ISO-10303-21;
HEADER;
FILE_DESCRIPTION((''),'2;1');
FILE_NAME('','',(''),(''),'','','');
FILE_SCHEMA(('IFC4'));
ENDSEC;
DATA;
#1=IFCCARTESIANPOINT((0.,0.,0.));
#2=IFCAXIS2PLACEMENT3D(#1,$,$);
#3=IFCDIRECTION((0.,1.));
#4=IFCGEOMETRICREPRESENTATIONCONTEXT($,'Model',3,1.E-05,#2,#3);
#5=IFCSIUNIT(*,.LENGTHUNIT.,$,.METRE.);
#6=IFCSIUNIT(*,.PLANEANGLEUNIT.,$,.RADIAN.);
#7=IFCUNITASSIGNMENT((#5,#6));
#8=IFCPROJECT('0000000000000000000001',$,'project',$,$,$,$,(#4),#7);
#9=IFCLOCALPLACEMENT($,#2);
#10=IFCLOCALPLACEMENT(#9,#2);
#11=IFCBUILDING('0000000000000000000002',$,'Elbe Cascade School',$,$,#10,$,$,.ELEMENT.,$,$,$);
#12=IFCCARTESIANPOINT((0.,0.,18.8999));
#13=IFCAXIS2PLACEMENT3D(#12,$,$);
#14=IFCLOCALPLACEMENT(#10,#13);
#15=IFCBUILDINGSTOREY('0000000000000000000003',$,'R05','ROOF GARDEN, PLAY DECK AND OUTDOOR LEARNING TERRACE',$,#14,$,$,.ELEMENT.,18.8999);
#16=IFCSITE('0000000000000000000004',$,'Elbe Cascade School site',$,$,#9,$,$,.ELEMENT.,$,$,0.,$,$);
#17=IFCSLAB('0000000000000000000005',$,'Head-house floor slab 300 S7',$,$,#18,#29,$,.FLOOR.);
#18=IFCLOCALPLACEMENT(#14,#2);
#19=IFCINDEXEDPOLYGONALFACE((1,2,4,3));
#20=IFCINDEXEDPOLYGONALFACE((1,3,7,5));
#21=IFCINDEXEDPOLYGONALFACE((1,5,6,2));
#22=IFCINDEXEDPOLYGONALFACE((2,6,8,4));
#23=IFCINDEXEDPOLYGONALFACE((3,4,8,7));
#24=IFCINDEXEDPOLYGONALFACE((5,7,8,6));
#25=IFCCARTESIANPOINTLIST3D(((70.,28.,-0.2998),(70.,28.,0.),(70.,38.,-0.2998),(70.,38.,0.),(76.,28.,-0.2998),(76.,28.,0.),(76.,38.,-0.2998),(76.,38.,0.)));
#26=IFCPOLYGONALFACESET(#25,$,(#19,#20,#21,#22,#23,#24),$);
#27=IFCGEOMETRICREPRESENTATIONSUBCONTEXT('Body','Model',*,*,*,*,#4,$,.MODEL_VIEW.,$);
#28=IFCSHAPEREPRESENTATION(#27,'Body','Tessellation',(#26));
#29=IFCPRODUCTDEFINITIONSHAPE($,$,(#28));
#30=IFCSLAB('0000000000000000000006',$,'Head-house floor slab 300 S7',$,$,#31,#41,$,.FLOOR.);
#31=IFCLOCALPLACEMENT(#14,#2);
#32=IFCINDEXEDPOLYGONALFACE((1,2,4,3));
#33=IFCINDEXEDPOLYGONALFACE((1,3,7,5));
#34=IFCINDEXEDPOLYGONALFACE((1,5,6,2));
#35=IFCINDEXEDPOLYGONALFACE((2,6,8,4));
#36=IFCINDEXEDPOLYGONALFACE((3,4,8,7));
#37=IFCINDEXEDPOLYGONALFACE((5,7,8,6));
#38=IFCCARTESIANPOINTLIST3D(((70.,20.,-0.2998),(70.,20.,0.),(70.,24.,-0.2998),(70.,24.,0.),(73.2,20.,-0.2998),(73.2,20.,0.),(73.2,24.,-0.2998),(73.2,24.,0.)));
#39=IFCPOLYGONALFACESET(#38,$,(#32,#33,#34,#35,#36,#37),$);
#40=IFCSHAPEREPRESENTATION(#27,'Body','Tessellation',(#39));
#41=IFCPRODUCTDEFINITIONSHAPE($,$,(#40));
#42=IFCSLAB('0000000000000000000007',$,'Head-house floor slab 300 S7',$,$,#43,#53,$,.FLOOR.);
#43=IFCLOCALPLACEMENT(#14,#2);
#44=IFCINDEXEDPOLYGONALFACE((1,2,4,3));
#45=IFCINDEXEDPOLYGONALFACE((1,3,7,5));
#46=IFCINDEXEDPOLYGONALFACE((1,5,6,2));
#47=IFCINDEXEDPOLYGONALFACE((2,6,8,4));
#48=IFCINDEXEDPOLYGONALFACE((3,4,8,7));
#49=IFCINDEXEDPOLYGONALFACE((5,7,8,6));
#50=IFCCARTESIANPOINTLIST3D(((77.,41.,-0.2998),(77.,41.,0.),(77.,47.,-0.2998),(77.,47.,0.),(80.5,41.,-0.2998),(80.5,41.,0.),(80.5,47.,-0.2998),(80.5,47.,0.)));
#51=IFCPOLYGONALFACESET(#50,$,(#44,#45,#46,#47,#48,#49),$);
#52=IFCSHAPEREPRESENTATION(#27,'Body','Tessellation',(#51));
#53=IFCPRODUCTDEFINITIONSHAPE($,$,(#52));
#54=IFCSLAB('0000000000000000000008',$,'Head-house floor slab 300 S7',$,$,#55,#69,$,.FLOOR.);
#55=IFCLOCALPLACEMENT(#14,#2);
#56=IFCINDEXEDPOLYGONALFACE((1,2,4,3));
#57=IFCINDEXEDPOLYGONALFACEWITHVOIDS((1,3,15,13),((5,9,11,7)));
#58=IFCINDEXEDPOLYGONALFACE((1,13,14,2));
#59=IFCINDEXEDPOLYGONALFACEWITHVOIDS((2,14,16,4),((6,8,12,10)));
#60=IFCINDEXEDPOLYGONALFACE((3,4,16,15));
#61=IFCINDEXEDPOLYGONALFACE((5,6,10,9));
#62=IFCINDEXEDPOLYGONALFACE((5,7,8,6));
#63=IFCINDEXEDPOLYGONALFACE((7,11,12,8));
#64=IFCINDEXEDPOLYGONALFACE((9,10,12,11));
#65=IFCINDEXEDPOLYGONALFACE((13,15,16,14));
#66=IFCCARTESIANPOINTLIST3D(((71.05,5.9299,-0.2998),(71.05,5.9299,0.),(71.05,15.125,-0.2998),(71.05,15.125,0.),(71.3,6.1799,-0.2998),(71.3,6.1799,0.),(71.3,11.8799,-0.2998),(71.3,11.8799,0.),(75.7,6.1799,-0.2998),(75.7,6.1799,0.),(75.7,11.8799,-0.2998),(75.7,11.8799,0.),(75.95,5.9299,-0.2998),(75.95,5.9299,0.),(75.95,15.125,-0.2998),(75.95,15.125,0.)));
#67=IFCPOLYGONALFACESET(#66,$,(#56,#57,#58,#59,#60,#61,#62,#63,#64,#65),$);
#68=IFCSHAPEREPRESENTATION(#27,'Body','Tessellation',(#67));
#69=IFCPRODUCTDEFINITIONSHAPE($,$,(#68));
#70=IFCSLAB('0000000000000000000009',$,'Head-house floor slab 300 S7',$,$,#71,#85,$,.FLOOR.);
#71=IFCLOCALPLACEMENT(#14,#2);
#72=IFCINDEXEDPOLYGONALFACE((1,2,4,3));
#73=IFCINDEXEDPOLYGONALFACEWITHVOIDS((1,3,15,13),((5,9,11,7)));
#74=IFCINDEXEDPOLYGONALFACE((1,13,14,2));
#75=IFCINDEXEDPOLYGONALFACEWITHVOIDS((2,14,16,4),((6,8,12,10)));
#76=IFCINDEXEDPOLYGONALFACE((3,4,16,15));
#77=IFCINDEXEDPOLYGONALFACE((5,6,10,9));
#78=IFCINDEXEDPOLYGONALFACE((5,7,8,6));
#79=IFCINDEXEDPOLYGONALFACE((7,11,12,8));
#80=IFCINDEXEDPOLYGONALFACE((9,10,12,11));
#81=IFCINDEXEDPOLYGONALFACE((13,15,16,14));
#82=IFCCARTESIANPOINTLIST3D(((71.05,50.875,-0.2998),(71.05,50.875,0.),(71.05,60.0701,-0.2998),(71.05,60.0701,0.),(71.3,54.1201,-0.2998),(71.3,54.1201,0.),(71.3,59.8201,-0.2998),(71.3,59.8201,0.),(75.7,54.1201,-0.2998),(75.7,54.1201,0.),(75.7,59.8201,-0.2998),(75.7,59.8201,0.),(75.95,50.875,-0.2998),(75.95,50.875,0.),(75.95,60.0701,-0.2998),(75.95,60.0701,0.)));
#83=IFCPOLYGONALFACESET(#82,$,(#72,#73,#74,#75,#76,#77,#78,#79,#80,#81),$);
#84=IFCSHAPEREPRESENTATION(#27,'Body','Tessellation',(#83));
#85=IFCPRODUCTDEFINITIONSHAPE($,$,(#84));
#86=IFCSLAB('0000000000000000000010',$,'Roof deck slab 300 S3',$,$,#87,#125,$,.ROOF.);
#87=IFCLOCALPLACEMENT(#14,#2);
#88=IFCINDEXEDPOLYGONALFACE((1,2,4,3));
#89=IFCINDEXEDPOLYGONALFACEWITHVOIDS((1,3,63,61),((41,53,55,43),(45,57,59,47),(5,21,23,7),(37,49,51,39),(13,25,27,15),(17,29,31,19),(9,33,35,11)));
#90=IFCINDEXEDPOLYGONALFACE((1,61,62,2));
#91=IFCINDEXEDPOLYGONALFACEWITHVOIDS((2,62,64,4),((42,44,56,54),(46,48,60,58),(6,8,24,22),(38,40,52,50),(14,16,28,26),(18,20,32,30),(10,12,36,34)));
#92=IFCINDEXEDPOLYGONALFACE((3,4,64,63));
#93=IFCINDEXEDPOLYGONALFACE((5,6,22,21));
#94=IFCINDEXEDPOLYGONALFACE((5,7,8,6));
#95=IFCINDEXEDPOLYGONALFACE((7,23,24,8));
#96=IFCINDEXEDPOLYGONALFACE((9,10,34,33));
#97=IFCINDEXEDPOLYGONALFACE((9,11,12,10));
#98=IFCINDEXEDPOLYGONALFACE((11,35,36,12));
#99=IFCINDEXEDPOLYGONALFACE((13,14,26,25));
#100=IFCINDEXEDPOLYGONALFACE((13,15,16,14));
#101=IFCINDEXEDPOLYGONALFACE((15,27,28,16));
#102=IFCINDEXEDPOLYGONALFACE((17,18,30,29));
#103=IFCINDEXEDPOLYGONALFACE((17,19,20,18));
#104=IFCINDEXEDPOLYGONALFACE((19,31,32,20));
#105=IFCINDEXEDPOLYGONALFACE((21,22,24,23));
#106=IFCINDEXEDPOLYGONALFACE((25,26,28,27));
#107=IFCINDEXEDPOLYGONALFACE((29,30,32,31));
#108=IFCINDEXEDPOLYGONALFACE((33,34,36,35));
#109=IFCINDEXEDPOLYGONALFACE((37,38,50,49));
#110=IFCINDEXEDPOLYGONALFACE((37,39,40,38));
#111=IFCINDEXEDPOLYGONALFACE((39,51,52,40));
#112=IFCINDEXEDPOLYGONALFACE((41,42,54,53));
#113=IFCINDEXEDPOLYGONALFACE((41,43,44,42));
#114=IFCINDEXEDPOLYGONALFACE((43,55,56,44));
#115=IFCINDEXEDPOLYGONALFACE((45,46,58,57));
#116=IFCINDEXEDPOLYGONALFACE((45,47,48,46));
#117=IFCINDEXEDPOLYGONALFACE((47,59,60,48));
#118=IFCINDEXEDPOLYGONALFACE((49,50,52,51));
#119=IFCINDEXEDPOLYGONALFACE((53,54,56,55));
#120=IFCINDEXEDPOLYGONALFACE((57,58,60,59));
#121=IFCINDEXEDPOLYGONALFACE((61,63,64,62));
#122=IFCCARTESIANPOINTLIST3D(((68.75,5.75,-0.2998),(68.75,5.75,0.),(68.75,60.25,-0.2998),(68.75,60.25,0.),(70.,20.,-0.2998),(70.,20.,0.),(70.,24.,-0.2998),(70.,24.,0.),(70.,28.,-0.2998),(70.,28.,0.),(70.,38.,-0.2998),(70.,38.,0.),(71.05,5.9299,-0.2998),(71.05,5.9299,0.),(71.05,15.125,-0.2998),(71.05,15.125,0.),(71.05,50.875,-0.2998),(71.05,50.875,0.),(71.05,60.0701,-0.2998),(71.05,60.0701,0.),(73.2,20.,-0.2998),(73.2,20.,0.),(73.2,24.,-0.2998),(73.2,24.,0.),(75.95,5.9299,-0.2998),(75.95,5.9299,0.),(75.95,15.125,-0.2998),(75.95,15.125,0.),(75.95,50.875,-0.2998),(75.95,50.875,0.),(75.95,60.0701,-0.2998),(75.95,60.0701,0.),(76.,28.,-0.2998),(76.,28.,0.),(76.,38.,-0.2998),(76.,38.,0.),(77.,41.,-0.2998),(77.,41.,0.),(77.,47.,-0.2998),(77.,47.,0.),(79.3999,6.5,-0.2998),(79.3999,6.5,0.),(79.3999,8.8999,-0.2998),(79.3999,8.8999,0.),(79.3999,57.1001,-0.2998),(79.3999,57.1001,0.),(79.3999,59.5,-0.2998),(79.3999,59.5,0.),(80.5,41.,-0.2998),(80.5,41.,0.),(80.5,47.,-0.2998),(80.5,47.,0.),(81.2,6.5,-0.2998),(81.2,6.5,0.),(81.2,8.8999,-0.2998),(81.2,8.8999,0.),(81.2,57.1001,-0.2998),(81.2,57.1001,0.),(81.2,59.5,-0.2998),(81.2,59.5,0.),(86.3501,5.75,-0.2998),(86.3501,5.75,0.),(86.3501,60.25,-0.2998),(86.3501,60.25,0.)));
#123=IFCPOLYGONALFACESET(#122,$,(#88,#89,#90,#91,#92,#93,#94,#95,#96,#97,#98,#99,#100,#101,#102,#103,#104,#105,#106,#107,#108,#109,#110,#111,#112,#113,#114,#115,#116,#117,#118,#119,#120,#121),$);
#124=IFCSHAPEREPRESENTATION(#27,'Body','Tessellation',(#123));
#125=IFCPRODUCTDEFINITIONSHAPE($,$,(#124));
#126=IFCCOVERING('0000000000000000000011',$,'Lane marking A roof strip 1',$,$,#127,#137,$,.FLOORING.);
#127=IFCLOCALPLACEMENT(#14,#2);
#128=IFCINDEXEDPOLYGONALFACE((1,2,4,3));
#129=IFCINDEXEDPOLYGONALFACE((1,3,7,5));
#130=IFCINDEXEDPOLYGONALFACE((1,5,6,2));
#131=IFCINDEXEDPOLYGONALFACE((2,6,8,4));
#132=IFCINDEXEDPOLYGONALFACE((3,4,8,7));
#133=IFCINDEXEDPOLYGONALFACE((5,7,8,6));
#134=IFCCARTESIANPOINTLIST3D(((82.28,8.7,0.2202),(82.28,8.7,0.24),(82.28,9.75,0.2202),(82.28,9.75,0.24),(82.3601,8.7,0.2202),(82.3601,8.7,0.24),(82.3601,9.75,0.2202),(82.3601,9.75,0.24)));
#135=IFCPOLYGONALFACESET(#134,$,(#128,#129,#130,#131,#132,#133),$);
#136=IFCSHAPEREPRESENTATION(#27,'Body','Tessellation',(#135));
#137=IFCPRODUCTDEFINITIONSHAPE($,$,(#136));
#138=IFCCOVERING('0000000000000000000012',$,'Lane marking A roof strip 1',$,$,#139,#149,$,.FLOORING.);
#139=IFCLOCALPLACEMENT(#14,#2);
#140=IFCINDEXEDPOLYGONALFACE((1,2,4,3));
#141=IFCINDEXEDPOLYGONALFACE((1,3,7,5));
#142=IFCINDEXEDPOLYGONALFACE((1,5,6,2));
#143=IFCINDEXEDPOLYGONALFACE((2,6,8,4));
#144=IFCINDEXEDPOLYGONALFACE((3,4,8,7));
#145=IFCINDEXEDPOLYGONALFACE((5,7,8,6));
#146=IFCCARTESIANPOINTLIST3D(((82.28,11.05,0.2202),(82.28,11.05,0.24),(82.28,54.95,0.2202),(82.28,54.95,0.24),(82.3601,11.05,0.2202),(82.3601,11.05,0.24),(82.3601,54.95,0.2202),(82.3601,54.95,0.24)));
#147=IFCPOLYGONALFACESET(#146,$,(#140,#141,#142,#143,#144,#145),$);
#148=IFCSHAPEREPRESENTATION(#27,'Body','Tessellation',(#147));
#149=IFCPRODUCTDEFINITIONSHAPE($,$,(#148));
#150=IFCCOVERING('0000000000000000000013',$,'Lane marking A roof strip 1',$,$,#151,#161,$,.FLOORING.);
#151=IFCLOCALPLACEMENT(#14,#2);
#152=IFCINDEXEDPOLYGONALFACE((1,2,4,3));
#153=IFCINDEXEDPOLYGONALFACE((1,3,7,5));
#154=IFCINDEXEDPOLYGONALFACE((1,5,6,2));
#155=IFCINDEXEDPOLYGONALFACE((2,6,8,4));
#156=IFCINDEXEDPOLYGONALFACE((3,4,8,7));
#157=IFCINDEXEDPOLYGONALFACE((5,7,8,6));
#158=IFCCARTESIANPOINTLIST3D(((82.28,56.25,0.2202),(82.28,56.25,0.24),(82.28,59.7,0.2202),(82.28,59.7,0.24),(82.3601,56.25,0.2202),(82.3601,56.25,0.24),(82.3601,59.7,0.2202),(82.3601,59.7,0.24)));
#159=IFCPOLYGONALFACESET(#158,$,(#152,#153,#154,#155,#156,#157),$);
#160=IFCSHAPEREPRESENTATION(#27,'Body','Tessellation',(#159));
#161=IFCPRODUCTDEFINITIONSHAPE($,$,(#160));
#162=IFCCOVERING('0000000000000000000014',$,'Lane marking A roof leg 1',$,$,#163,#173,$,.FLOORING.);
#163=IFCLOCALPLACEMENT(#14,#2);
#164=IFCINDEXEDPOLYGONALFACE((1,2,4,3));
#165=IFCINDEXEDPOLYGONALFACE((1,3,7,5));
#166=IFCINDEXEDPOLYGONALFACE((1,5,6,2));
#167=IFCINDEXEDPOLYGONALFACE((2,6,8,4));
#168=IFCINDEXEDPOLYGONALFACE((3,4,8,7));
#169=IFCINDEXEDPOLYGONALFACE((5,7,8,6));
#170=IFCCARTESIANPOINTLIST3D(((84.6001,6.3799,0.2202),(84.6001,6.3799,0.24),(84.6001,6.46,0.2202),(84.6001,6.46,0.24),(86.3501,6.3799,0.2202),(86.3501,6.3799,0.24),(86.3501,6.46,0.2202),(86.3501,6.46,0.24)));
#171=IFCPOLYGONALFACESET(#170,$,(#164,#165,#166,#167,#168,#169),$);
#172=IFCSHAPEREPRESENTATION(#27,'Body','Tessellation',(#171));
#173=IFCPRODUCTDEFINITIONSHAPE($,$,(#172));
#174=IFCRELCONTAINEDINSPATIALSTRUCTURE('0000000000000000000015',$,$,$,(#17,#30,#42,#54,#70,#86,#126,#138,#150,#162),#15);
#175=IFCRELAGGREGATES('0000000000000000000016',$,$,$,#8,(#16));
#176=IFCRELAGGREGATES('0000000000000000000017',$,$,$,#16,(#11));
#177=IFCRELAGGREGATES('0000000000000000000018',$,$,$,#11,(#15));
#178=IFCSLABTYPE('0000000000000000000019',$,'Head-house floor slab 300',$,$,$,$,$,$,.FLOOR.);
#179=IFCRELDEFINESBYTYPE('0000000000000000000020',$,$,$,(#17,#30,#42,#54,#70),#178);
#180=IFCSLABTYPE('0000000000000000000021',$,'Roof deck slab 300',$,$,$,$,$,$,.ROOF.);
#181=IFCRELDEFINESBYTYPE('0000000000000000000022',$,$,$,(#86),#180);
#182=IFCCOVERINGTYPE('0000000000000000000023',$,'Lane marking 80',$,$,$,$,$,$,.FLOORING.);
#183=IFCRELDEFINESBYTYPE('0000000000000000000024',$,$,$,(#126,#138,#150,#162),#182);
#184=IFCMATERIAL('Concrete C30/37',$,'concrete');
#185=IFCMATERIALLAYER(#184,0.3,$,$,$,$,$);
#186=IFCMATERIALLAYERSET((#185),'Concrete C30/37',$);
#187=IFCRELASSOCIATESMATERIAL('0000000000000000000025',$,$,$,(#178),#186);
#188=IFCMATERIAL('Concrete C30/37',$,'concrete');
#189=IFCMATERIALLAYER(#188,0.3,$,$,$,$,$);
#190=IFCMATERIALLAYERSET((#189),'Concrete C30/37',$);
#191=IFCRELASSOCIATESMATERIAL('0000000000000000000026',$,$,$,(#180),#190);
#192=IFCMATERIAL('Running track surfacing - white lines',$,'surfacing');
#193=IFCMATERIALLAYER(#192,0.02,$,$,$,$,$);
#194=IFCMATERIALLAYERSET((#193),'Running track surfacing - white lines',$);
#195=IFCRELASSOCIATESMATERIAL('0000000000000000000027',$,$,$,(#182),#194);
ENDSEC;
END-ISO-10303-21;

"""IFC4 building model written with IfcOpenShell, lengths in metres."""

from ifc_helpers import new_model, si_unit, direction, frame, origin, place, context, subcontext, project, spatial, polyline, outline, extrude, material, layer, layer_set, type_object, element, save


model = new_model("IFC4")

# Units and contexts
model_context = context("Model", 3, precision=1e-05, world=origin(), true_north=direction((0.0, 1.0)))
body_context = subcontext(model_context, "Body", "Model", "MODEL_VIEW")
ifc_project = project(units=[si_unit("LENGTHUNIT", "METRE"), si_unit("PLANEANGLEUNIT", "RADIAN")], contexts=[model_context])

# Site, building, storey
site_placement = place(None, origin())
site = spatial("IfcSite", under=ifc_project, at=site_placement, Name="Elbe Cascade School site", CompositionType="ELEMENT", RefElevation=0.0)
building_placement = place(site_placement, origin())
building = spatial("IfcBuilding", under=site, at=building_placement, Name="Elbe Cascade School", CompositionType="ELEMENT")
storey_placement = place(building_placement, frame((0.0, 0.0, 18.8999)))
storey = spatial("IfcBuildingStorey", under=building, at=storey_placement, Name="R05", Description="ROOF GARDEN, PLAY DECK AND OUTDOOR LEARNING TERRACE", CompositionType="ELEMENT", Elevation=18.8999)

# Slabs
ifc_material_1 = material(Name="Concrete C30/37", Category="concrete")
ifc_layer_1 = layer(ifc_material_1, 0.3)
ifc_layer_set_1 = layer_set([ifc_layer_1], Name="Concrete C30/37")
slab_type_1 = type_object("IfcSlabType", Name="Head-house floor slab 300", PredefinedType="FLOOR", material=ifc_layer_set_1)
slab_1_placement = place(storey_placement, frame((0.0, 0.0, -0.2998)))
element("IfcSlab", 1, at=slab_1_placement, inside=storey, type_object=slab_type_1, Name="Head-house floor slab 300 S7", PredefinedType="FLOOR", context=body_context, shape_type="SweptSolid", body=[
    extrude(outline(polyline([(70.0, 28.0), (76.0, 28.0), (76.0, 38.0), (70.0, 38.0), (70.0, 28.0)])), origin(), (0.0, 0.0, 1.0), 0.2998),
])
slab_2_placement = place(storey_placement, frame((0.0, 0.0, -0.2998)))
element("IfcSlab", 2, at=slab_2_placement, inside=storey, type_object=slab_type_1, Name="Head-house floor slab 300 S7", PredefinedType="FLOOR", context=body_context, shape_type="SweptSolid", body=[
    extrude(outline(polyline([(70.0, 20.0), (73.2, 20.0), (73.2, 24.0), (70.0, 24.0), (70.0, 20.0)])), origin(), (0.0, 0.0, 1.0), 0.2998),
])
slab_3_placement = place(storey_placement, frame((0.0, 0.0, -0.2998)))
element("IfcSlab", 3, at=slab_3_placement, inside=storey, type_object=slab_type_1, Name="Head-house floor slab 300 S7", PredefinedType="FLOOR", context=body_context, shape_type="SweptSolid", body=[
    extrude(outline(polyline([(77.0, 41.0), (80.5, 41.0), (80.5, 47.0), (77.0, 47.0), (77.0, 41.0)])), origin(), (0.0, 0.0, 1.0), 0.2998),
])
slab_4_placement = place(storey_placement, frame((0.0, 0.0, -0.2998)))
element("IfcSlab", 4, at=slab_4_placement, inside=storey, type_object=slab_type_1, Name="Head-house floor slab 300 S7", PredefinedType="FLOOR", context=body_context, shape_type="SweptSolid", body=[
    extrude(outline(polyline([(71.05, 5.9299), (75.95, 5.9299), (75.95, 15.125), (71.05, 15.125), (71.05, 5.9299)]), holes=[polyline([(71.3, 6.1799), (75.7, 6.1799), (75.7, 11.8799), (71.3, 11.8799), (71.3, 6.1799)])]), origin(), (0.0, 0.0, 1.0), 0.2998),
])
slab_5_placement = place(storey_placement, frame((0.0, 0.0, -0.2998)))
element("IfcSlab", 5, at=slab_5_placement, inside=storey, type_object=slab_type_1, Name="Head-house floor slab 300 S7", PredefinedType="FLOOR", context=body_context, shape_type="SweptSolid", body=[
    extrude(outline(polyline([(71.05, 50.875), (75.95, 50.875), (75.95, 60.0701), (71.05, 60.0701), (71.05, 50.875)]), holes=[polyline([(71.3, 54.1201), (75.7, 54.1201), (75.7, 59.8201), (71.3, 59.8201), (71.3, 54.1201)])]), origin(), (0.0, 0.0, 1.0), 0.2998),
])
ifc_material_2 = material(Name="Concrete C30/37", Category="concrete")
ifc_layer_2 = layer(ifc_material_2, 0.3)
ifc_layer_set_2 = layer_set([ifc_layer_2], Name="Concrete C30/37")
slab_type_2 = type_object("IfcSlabType", Name="Roof deck slab 300", PredefinedType="ROOF", material=ifc_layer_set_2)
slab_6_placement = place(storey_placement, frame((0.0, 0.0, -0.2998)))
element("IfcSlab", 6, at=slab_6_placement, inside=storey, type_object=slab_type_2, Name="Roof deck slab 300 S3", PredefinedType="ROOF", context=body_context, shape_type="SweptSolid", body=[
    extrude(outline(polyline([(68.75, 5.75), (86.3501, 5.75), (86.3501, 60.25), (68.75, 60.25), (68.75, 5.75)]), holes=[polyline([(71.05, 5.9299), (75.95, 5.9299), (75.95, 15.125), (71.05, 15.125), (71.05, 5.9299)]), polyline([(79.3999, 6.5), (81.2, 6.5), (81.2, 8.8999), (79.3999, 8.8999), (79.3999, 6.5)]), polyline([(71.05, 50.875), (75.95, 50.875), (75.95, 60.0701), (71.05, 60.0701), (71.05, 50.875)]), polyline([(79.3999, 57.1001), (81.2, 57.1001), (81.2, 59.5), (79.3999, 59.5), (79.3999, 57.1001)]), polyline([(70.0, 28.0), (76.0, 28.0), (76.0, 38.0), (70.0, 38.0), (70.0, 28.0)]), polyline([(70.0, 20.0), (73.2, 20.0), (73.2, 24.0), (70.0, 24.0), (70.0, 20.0)]), polyline([(77.0, 41.0), (80.5, 41.0), (80.5, 47.0), (77.0, 47.0), (77.0, 41.0)])]), origin(), (0.0, 0.0, 1.0), 0.2998),
])

# Coverings
ifc_material_3 = material(Name="Running track surfacing - white lines", Category="surfacing")
ifc_layer_3 = layer(ifc_material_3, 0.02)
ifc_layer_set_3 = layer_set([ifc_layer_3], Name="Running track surfacing - white lines")
covering_type_1 = type_object("IfcCoveringType", Name="Lane marking 80", PredefinedType="FLOORING", material=ifc_layer_set_3)
covering_1_placement = place(storey_placement, frame((0.0, 0.0, 0.2202)))
element("IfcCovering", 7, at=covering_1_placement, inside=storey, type_object=covering_type_1, Name="Lane marking A roof strip 1", PredefinedType="FLOORING", context=body_context, shape_type="SweptSolid", body=[
    extrude(outline(polyline([(82.28, 8.7), (82.28, 9.75), (82.3601, 9.75), (82.3601, 8.7), (82.28, 8.7)])), origin(), (0.0, 0.0, 1.0), 0.0198),
])
covering_2_placement = place(storey_placement, frame((0.0, 0.0, 0.2202)))
element("IfcCovering", 8, at=covering_2_placement, inside=storey, type_object=covering_type_1, Name="Lane marking A roof strip 1", PredefinedType="FLOORING", context=body_context, shape_type="SweptSolid", body=[
    extrude(outline(polyline([(82.3601, 11.05), (82.28, 11.05), (82.28, 54.95), (82.3601, 54.95), (82.3601, 11.05)])), origin(), (0.0, 0.0, 1.0), 0.0198),
])
covering_3_placement = place(storey_placement, frame((0.0, 0.0, 0.2202)))
element("IfcCovering", 9, at=covering_3_placement, inside=storey, type_object=covering_type_1, Name="Lane marking A roof strip 1", PredefinedType="FLOORING", context=body_context, shape_type="SweptSolid", body=[
    extrude(outline(polyline([(82.3601, 59.7), (82.3601, 56.25), (82.28, 56.25), (82.28, 59.7), (82.3601, 59.7)])), origin(), (0.0, 0.0, 1.0), 0.0198),
])
covering_4_placement = place(storey_placement, frame((0.0, 0.0, 0.2202)))
element("IfcCovering", 10, at=covering_4_placement, inside=storey, type_object=covering_type_1, Name="Lane marking A roof leg 1", PredefinedType="FLOORING", context=body_context, shape_type="SweptSolid", body=[
    extrude(outline(polyline([(84.6001, 6.3799), (86.3501, 6.3799), (86.3501, 6.46), (84.6001, 6.46), (84.6001, 6.3799)])), origin(), (0.0, 0.0, 1.0), 0.0198),
])

save(model, "model.ifc")
